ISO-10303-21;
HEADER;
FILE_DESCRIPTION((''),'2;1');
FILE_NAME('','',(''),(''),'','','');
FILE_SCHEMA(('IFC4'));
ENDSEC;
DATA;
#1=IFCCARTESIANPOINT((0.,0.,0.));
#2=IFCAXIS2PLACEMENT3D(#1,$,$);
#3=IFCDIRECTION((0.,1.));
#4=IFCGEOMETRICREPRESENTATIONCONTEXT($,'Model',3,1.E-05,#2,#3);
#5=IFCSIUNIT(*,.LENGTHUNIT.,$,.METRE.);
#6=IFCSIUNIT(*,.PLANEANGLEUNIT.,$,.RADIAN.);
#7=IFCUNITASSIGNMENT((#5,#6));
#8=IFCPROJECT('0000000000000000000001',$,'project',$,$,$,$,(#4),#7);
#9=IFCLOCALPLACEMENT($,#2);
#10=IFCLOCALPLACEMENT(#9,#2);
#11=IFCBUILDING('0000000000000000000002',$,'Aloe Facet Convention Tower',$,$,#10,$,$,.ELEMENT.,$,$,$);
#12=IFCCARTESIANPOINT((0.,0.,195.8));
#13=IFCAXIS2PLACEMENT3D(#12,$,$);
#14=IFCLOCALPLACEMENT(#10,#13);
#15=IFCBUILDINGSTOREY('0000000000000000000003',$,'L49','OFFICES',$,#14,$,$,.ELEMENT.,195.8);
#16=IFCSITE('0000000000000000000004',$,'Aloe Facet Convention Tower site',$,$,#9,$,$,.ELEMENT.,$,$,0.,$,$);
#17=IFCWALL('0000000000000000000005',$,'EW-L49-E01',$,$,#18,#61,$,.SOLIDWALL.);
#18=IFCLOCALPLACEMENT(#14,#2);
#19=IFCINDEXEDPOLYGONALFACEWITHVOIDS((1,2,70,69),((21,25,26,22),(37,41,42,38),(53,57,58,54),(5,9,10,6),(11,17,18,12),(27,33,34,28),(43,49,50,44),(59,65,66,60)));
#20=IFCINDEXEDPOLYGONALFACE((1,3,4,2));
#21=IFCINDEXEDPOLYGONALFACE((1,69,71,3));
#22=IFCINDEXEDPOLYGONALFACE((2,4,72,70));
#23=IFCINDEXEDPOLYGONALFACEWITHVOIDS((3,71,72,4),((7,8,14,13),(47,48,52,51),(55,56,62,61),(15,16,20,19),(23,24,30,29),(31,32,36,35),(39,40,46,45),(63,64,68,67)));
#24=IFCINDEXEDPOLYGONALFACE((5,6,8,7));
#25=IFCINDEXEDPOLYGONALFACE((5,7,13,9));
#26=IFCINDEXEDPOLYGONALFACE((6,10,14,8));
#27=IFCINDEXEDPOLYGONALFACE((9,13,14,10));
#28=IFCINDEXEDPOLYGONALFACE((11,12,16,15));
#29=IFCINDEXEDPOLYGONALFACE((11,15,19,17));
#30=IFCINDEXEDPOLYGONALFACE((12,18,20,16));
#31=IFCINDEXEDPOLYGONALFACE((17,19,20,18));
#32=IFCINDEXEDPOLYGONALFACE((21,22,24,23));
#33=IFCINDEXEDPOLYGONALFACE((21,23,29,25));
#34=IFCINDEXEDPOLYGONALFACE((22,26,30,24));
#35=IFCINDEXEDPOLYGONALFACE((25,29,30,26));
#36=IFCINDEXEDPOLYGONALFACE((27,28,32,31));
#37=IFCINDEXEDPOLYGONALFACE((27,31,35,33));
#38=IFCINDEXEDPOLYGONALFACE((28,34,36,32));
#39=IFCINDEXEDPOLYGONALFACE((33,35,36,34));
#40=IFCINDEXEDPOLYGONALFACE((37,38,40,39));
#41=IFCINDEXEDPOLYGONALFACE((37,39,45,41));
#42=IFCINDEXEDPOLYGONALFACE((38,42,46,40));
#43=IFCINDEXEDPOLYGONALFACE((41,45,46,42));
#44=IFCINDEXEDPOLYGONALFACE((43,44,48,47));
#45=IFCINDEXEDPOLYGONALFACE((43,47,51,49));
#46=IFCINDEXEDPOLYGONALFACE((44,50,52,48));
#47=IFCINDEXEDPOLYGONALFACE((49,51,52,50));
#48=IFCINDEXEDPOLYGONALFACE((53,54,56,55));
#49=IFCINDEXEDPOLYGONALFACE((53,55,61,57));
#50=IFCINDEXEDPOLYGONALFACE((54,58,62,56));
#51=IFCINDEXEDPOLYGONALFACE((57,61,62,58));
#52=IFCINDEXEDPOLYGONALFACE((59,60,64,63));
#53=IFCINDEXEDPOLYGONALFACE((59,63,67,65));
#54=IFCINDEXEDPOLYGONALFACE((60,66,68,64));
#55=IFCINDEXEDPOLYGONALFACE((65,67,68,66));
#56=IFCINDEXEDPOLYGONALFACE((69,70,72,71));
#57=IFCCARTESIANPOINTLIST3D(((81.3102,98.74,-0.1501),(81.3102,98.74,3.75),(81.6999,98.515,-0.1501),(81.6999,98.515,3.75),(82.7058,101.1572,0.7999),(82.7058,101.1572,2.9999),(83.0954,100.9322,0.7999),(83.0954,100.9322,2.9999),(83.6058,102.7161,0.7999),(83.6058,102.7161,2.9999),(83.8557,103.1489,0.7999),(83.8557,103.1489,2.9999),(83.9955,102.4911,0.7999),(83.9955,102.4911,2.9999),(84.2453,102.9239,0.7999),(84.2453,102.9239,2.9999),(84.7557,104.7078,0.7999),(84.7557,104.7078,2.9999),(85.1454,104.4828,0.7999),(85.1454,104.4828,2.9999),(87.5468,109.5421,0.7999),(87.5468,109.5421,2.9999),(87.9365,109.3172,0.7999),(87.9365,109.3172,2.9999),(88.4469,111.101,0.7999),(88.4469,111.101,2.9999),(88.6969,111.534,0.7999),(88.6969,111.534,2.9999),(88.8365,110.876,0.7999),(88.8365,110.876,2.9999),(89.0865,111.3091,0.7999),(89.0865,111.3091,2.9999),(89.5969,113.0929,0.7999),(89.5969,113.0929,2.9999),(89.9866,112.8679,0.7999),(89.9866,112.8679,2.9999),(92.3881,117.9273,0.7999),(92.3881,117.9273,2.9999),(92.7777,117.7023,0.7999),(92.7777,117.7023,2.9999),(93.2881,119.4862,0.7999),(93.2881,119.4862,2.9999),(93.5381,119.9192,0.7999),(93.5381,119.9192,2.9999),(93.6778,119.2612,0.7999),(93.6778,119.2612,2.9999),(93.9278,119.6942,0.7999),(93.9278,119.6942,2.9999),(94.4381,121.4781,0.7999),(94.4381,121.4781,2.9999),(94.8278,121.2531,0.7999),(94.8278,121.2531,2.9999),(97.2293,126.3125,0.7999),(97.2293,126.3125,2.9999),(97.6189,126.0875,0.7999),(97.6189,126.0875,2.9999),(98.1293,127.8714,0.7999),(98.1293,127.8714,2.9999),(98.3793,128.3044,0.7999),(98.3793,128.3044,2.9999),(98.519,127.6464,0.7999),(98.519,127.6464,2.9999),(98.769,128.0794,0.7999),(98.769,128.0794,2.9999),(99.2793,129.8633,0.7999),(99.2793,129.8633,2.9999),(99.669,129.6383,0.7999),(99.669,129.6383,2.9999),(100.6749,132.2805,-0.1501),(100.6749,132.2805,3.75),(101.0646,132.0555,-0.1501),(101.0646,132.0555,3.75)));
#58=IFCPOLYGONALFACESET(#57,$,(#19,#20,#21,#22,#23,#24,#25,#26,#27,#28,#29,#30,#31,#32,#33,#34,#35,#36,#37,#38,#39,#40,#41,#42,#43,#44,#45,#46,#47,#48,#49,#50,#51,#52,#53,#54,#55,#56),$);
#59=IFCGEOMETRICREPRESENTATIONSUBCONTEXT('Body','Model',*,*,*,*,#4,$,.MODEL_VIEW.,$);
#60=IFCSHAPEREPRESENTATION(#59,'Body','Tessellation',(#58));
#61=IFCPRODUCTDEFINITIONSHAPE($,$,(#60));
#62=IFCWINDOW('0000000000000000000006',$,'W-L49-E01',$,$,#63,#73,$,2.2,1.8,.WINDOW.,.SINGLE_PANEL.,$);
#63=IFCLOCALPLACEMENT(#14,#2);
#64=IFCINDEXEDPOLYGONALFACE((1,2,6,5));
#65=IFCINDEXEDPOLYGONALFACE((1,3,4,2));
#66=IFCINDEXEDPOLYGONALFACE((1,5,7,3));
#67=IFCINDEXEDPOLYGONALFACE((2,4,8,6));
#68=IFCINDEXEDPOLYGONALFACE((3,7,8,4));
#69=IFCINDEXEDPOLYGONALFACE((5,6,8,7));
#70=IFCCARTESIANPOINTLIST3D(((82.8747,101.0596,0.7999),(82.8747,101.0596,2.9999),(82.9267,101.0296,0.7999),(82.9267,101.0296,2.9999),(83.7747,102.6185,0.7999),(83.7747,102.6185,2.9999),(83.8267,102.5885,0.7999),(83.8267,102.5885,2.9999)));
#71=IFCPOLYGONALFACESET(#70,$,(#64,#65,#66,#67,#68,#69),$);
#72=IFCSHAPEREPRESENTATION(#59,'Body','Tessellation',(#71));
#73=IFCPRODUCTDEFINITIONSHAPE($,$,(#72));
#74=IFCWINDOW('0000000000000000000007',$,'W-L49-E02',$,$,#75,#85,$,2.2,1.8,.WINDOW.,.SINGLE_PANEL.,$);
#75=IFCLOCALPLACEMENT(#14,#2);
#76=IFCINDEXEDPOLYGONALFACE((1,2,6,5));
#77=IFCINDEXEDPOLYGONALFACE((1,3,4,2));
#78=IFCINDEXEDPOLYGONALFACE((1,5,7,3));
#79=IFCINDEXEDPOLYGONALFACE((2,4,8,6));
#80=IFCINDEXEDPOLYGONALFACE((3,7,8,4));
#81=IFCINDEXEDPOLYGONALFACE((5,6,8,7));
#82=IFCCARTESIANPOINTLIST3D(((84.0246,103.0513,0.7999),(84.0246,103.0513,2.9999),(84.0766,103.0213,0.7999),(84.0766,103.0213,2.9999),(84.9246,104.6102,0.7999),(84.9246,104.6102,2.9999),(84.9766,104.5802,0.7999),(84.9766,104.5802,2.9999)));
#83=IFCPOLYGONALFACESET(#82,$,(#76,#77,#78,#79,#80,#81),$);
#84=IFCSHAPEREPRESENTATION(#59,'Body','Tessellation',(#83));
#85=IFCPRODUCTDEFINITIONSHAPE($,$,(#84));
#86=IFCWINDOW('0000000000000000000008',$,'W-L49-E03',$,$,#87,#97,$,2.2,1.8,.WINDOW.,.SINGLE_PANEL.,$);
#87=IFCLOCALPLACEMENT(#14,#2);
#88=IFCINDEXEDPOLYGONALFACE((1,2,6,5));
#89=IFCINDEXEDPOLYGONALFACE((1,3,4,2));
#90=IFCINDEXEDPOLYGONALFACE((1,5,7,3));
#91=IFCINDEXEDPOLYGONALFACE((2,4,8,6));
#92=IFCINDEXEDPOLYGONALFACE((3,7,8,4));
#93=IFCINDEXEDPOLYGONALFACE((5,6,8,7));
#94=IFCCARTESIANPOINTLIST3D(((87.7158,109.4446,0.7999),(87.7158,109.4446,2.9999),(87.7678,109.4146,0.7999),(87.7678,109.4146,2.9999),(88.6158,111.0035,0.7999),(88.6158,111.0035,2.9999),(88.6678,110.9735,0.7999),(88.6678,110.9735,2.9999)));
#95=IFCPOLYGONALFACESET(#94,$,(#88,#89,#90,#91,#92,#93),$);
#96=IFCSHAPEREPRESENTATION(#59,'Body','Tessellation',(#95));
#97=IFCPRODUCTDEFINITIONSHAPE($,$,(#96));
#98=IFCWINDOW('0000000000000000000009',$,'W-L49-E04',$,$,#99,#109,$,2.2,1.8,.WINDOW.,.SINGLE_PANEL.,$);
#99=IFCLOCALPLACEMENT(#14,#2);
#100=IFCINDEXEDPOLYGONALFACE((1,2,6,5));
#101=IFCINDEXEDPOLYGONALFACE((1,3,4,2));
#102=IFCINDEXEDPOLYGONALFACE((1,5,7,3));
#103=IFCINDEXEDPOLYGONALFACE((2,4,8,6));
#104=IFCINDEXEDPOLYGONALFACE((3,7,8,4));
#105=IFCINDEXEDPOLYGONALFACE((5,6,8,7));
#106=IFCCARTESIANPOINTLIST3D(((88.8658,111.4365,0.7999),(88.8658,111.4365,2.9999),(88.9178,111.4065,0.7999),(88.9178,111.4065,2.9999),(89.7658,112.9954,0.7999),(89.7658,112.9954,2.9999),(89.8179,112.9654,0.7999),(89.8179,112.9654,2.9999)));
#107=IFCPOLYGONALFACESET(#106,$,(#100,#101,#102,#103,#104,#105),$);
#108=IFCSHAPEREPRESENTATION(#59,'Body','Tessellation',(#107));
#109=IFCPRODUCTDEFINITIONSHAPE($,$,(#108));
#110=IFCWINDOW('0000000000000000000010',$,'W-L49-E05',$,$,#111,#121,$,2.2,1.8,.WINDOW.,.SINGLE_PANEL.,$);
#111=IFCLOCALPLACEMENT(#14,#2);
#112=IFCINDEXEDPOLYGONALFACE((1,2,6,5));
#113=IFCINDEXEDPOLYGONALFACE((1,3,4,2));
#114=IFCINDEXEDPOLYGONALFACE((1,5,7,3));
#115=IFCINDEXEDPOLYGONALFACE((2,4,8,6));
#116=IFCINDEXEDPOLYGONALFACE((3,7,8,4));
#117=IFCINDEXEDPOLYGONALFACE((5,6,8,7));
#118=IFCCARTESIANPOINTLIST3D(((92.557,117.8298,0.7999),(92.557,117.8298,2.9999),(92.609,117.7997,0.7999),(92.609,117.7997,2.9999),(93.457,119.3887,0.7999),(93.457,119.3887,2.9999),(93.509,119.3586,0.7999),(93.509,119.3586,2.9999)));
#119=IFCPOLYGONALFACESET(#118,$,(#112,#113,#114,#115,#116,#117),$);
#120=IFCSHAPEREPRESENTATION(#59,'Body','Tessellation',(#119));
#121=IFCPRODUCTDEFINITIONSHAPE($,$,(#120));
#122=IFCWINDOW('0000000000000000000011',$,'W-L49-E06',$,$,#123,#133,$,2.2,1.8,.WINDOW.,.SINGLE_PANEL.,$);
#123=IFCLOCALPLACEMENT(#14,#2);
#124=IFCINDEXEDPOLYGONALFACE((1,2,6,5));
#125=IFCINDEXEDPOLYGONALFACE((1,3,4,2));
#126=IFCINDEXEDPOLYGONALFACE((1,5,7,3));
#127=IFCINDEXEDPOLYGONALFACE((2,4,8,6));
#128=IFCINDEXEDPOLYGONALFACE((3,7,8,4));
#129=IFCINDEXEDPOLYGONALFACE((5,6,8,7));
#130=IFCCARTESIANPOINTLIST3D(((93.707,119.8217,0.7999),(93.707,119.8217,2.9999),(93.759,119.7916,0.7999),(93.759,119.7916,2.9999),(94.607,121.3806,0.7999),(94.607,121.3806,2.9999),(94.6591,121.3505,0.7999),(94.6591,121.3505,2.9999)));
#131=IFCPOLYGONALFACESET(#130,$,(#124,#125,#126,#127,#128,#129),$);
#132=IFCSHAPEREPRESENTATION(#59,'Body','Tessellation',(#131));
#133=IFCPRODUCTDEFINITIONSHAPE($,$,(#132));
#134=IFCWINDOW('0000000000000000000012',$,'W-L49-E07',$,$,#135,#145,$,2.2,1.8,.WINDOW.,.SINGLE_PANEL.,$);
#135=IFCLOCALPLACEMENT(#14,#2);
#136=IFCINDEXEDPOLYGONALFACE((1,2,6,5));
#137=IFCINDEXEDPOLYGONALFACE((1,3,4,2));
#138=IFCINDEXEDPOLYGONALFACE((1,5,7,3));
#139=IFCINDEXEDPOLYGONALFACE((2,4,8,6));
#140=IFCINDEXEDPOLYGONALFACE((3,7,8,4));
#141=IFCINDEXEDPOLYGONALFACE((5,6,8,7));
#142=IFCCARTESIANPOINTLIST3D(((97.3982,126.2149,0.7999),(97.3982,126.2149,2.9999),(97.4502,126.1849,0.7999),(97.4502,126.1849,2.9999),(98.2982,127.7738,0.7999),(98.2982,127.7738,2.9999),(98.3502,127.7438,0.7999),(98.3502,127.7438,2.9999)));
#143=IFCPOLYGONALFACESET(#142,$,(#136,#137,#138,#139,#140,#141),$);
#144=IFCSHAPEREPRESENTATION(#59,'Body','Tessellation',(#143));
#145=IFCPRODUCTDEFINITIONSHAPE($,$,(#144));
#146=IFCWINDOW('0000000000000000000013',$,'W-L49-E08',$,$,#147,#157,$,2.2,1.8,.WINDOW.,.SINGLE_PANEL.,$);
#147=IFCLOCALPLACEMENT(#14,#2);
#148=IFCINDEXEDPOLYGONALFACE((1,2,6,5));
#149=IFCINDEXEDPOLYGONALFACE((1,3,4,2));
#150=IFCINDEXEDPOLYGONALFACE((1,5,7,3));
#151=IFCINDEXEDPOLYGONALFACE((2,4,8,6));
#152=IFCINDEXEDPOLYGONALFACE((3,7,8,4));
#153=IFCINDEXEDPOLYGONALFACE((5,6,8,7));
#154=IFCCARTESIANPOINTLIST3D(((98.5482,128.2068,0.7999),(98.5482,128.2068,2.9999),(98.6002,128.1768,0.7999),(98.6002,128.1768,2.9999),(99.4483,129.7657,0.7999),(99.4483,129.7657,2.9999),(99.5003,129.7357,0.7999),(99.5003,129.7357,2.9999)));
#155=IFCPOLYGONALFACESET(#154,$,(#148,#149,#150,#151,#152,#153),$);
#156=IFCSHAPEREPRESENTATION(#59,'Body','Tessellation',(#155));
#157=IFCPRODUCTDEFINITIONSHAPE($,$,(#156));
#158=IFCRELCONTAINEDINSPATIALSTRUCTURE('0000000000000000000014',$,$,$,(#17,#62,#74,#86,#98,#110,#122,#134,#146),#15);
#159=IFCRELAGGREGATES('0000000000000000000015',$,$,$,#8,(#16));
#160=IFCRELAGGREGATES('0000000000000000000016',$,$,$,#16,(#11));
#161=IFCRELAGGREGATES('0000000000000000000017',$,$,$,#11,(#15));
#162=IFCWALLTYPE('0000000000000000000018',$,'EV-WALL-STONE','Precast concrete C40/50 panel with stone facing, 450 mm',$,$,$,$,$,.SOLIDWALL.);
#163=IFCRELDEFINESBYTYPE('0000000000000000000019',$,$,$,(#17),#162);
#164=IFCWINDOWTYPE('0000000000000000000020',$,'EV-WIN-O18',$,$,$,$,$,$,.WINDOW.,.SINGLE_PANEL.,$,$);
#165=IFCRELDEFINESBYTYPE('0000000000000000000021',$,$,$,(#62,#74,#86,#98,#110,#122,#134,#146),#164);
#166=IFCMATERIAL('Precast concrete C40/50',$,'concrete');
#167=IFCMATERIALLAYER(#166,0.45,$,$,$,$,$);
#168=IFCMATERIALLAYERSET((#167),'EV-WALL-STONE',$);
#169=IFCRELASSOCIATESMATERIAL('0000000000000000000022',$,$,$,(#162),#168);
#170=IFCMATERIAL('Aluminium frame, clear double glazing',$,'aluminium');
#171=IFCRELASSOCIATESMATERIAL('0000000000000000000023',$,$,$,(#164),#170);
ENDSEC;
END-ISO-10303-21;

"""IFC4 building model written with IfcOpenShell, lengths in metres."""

from ifc_helpers import new_model, si_unit, direction, frame, frame_2d, origin, place, context, subcontext, project, spatial, polyline, rectangle, outline, extrude, material, layer, layer_set, type_object, element, fill, save


model = new_model("IFC4")

# Units and contexts
model_context = context("Model", 3, precision=1e-05, world=origin(), true_north=direction((0.0, 1.0)))
body_context = subcontext(model_context, "Body", "Model", "MODEL_VIEW")
ifc_project = project(units=[si_unit("LENGTHUNIT", "METRE"), si_unit("PLANEANGLEUNIT", "RADIAN")], contexts=[model_context])

# Site, building, storey
site_placement = place(None, origin())
site = spatial("IfcSite", under=ifc_project, at=site_placement, Name="Aloe Facet Convention Tower site", CompositionType="ELEMENT", RefElevation=0.0)
building_placement = place(site_placement, origin())
building = spatial("IfcBuilding", under=site, at=building_placement, Name="Aloe Facet Convention Tower", CompositionType="ELEMENT")
storey_placement = place(building_placement, frame((0.0, 0.0, 195.8)))
storey = spatial("IfcBuildingStorey", under=building, at=storey_placement, Name="L49", Description="OFFICES", CompositionType="ELEMENT", Elevation=195.8)

# Wall, openings, windows
ifc_material_1 = material(Name="Precast concrete C40/50", Category="concrete")
ifc_layer_1 = layer(ifc_material_1, 0.45)
ifc_layer_set_1 = layer_set([ifc_layer_1], Name="EV-WALL-STONE")
wall_type_1 = type_object("IfcWallType", Name="EV-WALL-STONE", Description="Precast concrete C40/50 panel with stone facing, 450 mm", PredefinedType="SOLIDWALL", material=ifc_layer_set_1)
wall_1_placement = place(storey_placement, frame((81.5051, 98.6274, -0.1501), z_axis=(0.0, 0.0, 1.0), x_axis=(0.500002, 0.866024, 0.0)))
wall_1 = element("IfcWall", 1, at=wall_1_placement, inside=storey, type_object=wall_type_1, Name="EW-L49-E01", PredefinedType="SOLIDWALL", context=body_context, shape_type="SweptSolid", body=[
    extrude(outline(polyline([(38.7292, 0.0), (38.7292, 3.9001), (0.0, 3.9001), (0.0, 0.0), (38.7292, 0.0)])), frame((0.0, 0.2251, 0.0), z_axis=(0.0, -1.0, 0.0), x_axis=(1.0, 0.0, 0.0)), (0.0, 0.0, 1.0), 0.45),
])
opening_1_placement = place(wall_1_placement, frame((2.7913, 0.0, 0.95)))
opening_1 = element("IfcOpeningElement", 2, at=opening_1_placement, cuts=wall_1, PredefinedType="OPENING", context=body_context, shape_type="SweptSolid", body=[
    extrude(rectangle(XDim=1.8, YDim=2.2, at=frame_2d((0.8999, 1.1001))), frame((0.0, 0.2349, 0.0), z_axis=(0.0, -1.0, 0.0), x_axis=(1.0, 0.0, 0.0)), (0.0, 0.0, 1.0), 0.47),
])
opening_2_placement = place(wall_1_placement, frame((5.0911, 0.0, 0.95)))
opening_2 = element("IfcOpeningElement", 3, at=opening_2_placement, cuts=wall_1, PredefinedType="OPENING", context=body_context, shape_type="SweptSolid", body=[
    extrude(rectangle(XDim=1.8, YDim=2.2, at=frame_2d((0.8999, 1.1001))), frame((0.0, 0.2349, 0.0), z_axis=(0.0, -1.0, 0.0), x_axis=(1.0, 0.0, 0.0)), (0.0, 0.0, 1.0), 0.47),
])
opening_3_placement = place(wall_1_placement, frame((12.4734, 0.0, 0.95)))
opening_3 = element("IfcOpeningElement", 4, at=opening_3_placement, cuts=wall_1, PredefinedType="OPENING", context=body_context, shape_type="SweptSolid", body=[
    extrude(rectangle(XDim=1.8, YDim=2.2, at=frame_2d((0.8999, 1.1001))), frame((0.0, 0.2349, 0.0), z_axis=(0.0, -1.0, 0.0), x_axis=(1.0, 0.0, 0.0)), (0.0, 0.0, 1.0), 0.47),
])
opening_4_placement = place(wall_1_placement, frame((14.7734, 0.0, 0.95)))
opening_4 = element("IfcOpeningElement", 5, at=opening_4_placement, cuts=wall_1, PredefinedType="OPENING", context=body_context, shape_type="SweptSolid", body=[
    extrude(rectangle(XDim=1.8, YDim=2.2, at=frame_2d((0.8999, 1.1001))), frame((0.0, 0.2349, 0.0), z_axis=(0.0, -1.0, 0.0), x_axis=(1.0, 0.0, 0.0)), (0.0, 0.0, 1.0), 0.47),
])
opening_5_placement = place(wall_1_placement, frame((22.1558, 0.0, 0.95)))
opening_5 = element("IfcOpeningElement", 6, at=opening_5_placement, cuts=wall_1, PredefinedType="OPENING", context=body_context, shape_type="SweptSolid", body=[
    extrude(rectangle(XDim=1.8, YDim=2.2, at=frame_2d((0.8999, 1.1001))), frame((0.0, 0.2349, 0.0), z_axis=(0.0, -1.0, 0.0), x_axis=(1.0, 0.0, 0.0)), (0.0, 0.0, 1.0), 0.47),
])
opening_6_placement = place(wall_1_placement, frame((24.4558, 0.0, 0.95)))
opening_6 = element("IfcOpeningElement", 7, at=opening_6_placement, cuts=wall_1, PredefinedType="OPENING", context=body_context, shape_type="SweptSolid", body=[
    extrude(rectangle(XDim=1.8, YDim=2.2, at=frame_2d((0.8999, 1.1001))), frame((0.0, 0.2349, 0.0), z_axis=(0.0, -1.0, 0.0), x_axis=(1.0, 0.0, 0.0)), (0.0, 0.0, 1.0), 0.47),
])
opening_7_placement = place(wall_1_placement, frame((31.8381, 0.0, 0.95)))
opening_7 = element("IfcOpeningElement", 8, at=opening_7_placement, cuts=wall_1, PredefinedType="OPENING", context=body_context, shape_type="SweptSolid", body=[
    extrude(rectangle(XDim=1.8, YDim=2.2, at=frame_2d((0.8999, 1.1001))), frame((0.0, 0.2349, 0.0), z_axis=(0.0, -1.0, 0.0), x_axis=(1.0, 0.0, 0.0)), (0.0, 0.0, 1.0), 0.47),
])
opening_8_placement = place(wall_1_placement, frame((34.1382, 0.0, 0.95)))
opening_8 = element("IfcOpeningElement", 9, at=opening_8_placement, cuts=wall_1, PredefinedType="OPENING", context=body_context, shape_type="SweptSolid", body=[
    extrude(rectangle(XDim=1.8, YDim=2.2, at=frame_2d((0.8999, 1.1001))), frame((0.0, 0.2349, 0.0), z_axis=(0.0, -1.0, 0.0), x_axis=(1.0, 0.0, 0.0)), (0.0, 0.0, 1.0), 0.47),
])
ifc_material_2 = material(Name="Aluminium frame, clear double glazing", Category="aluminium")
window_type = type_object("IfcWindowType", Name="EV-WIN-O18", PartitioningType="SINGLE_PANEL", PredefinedType="WINDOW", material=ifc_material_2)
window_1_placement = place(opening_1_placement, origin())
window_1 = element("IfcWindow", 10, at=window_1_placement, inside=storey, type_object=window_type, Name="W-L49-E01", OverallHeight=2.2, OverallWidth=1.8, PartitioningType="SINGLE_PANEL", PredefinedType="WINDOW", context=body_context, shape_type="SweptSolid", body=[
    extrude(rectangle(XDim=1.8, YDim=2.2, at=frame_2d((0.8999, 1.1001))), frame((0.0, 0.03, 0.0), z_axis=(0.0, -1.0, 0.0), x_axis=(1.0, 0.0, 0.0)), (0.0, 0.0, 1.0), 0.0601),
])
fill(opening_1, window_1)
window_2_placement = place(opening_2_placement, origin())
window_2 = element("IfcWindow", 11, at=window_2_placement, inside=storey, type_object=window_type, Name="W-L49-E02", OverallHeight=2.2, OverallWidth=1.8, PartitioningType="SINGLE_PANEL", PredefinedType="WINDOW", context=body_context, shape_type="SweptSolid", body=[
    extrude(rectangle(XDim=1.8, YDim=2.2, at=frame_2d((0.8999, 1.1001))), frame((0.0, 0.03, 0.0), z_axis=(0.0, -1.0, 0.0), x_axis=(1.0, 0.0, 0.0)), (0.0, 0.0, 1.0), 0.0601),
])
fill(opening_2, window_2)
window_3_placement = place(opening_3_placement, origin())
window_3 = element("IfcWindow", 12, at=window_3_placement, inside=storey, type_object=window_type, Name="W-L49-E03", OverallHeight=2.2, OverallWidth=1.8, PartitioningType="SINGLE_PANEL", PredefinedType="WINDOW", context=body_context, shape_type="SweptSolid", body=[
    extrude(rectangle(XDim=1.8, YDim=2.2, at=frame_2d((0.8999, 1.1001))), frame((0.0, 0.03, 0.0), z_axis=(0.0, -1.0, 0.0), x_axis=(1.0, 0.0, 0.0)), (0.0, 0.0, 1.0), 0.0601),
])
fill(opening_3, window_3)
window_4_placement = place(opening_4_placement, origin())
window_4 = element("IfcWindow", 13, at=window_4_placement, inside=storey, type_object=window_type, Name="W-L49-E04", OverallHeight=2.2, OverallWidth=1.8, PartitioningType="SINGLE_PANEL", PredefinedType="WINDOW", context=body_context, shape_type="SweptSolid", body=[
    extrude(rectangle(XDim=1.8, YDim=2.2, at=frame_2d((0.8999, 1.1001))), frame((0.0, 0.03, 0.0), z_axis=(0.0, -1.0, 0.0), x_axis=(1.0, 0.0, 0.0)), (0.0, 0.0, 1.0), 0.0601),
])
fill(opening_4, window_4)
window_5_placement = place(opening_5_placement, origin())
window_5 = element("IfcWindow", 14, at=window_5_placement, inside=storey, type_object=window_type, Name="W-L49-E05", OverallHeight=2.2, OverallWidth=1.8, PartitioningType="SINGLE_PANEL", PredefinedType="WINDOW", context=body_context, shape_type="SweptSolid", body=[
    extrude(rectangle(XDim=1.8, YDim=2.2, at=frame_2d((0.8999, 1.1001))), frame((0.0, 0.03, 0.0), z_axis=(0.0, -1.0, 0.0), x_axis=(1.0, 0.0, 0.0)), (0.0, 0.0, 1.0), 0.0601),
])
fill(opening_5, window_5)
window_6_placement = place(opening_6_placement, origin())
window_6 = element("IfcWindow", 15, at=window_6_placement, inside=storey, type_object=window_type, Name="W-L49-E06", OverallHeight=2.2, OverallWidth=1.8, PartitioningType="SINGLE_PANEL", PredefinedType="WINDOW", context=body_context, shape_type="SweptSolid", body=[
    extrude(rectangle(XDim=1.8, YDim=2.2, at=frame_2d((0.8999, 1.1001))), frame((0.0, 0.03, 0.0), z_axis=(0.0, -1.0, 0.0), x_axis=(1.0, 0.0, 0.0)), (0.0, 0.0, 1.0), 0.0601),
])
fill(opening_6, window_6)
window_7_placement = place(opening_7_placement, origin())
window_7 = element("IfcWindow", 16, at=window_7_placement, inside=storey, type_object=window_type, Name="W-L49-E07", OverallHeight=2.2, OverallWidth=1.8, PartitioningType="SINGLE_PANEL", PredefinedType="WINDOW", context=body_context, shape_type="SweptSolid", body=[
    extrude(rectangle(XDim=1.8, YDim=2.2, at=frame_2d((0.8999, 1.1001))), frame((0.0, 0.03, 0.0), z_axis=(0.0, -1.0, 0.0), x_axis=(1.0, 0.0, 0.0)), (0.0, 0.0, 1.0), 0.0601),
])
fill(opening_7, window_7)
window_8_placement = place(opening_8_placement, origin())
window_8 = element("IfcWindow", 17, at=window_8_placement, inside=storey, type_object=window_type, Name="W-L49-E08", OverallHeight=2.2, OverallWidth=1.8, PartitioningType="SINGLE_PANEL", PredefinedType="WINDOW", context=body_context, shape_type="SweptSolid", body=[
    extrude(rectangle(XDim=1.8, YDim=2.2, at=frame_2d((0.8999, 1.1001))), frame((0.0, 0.03, 0.0), z_axis=(0.0, -1.0, 0.0), x_axis=(1.0, 0.0, 0.0)), (0.0, 0.0, 1.0), 0.0601),
])
fill(opening_8, window_8)

save(model, "model.ifc")
